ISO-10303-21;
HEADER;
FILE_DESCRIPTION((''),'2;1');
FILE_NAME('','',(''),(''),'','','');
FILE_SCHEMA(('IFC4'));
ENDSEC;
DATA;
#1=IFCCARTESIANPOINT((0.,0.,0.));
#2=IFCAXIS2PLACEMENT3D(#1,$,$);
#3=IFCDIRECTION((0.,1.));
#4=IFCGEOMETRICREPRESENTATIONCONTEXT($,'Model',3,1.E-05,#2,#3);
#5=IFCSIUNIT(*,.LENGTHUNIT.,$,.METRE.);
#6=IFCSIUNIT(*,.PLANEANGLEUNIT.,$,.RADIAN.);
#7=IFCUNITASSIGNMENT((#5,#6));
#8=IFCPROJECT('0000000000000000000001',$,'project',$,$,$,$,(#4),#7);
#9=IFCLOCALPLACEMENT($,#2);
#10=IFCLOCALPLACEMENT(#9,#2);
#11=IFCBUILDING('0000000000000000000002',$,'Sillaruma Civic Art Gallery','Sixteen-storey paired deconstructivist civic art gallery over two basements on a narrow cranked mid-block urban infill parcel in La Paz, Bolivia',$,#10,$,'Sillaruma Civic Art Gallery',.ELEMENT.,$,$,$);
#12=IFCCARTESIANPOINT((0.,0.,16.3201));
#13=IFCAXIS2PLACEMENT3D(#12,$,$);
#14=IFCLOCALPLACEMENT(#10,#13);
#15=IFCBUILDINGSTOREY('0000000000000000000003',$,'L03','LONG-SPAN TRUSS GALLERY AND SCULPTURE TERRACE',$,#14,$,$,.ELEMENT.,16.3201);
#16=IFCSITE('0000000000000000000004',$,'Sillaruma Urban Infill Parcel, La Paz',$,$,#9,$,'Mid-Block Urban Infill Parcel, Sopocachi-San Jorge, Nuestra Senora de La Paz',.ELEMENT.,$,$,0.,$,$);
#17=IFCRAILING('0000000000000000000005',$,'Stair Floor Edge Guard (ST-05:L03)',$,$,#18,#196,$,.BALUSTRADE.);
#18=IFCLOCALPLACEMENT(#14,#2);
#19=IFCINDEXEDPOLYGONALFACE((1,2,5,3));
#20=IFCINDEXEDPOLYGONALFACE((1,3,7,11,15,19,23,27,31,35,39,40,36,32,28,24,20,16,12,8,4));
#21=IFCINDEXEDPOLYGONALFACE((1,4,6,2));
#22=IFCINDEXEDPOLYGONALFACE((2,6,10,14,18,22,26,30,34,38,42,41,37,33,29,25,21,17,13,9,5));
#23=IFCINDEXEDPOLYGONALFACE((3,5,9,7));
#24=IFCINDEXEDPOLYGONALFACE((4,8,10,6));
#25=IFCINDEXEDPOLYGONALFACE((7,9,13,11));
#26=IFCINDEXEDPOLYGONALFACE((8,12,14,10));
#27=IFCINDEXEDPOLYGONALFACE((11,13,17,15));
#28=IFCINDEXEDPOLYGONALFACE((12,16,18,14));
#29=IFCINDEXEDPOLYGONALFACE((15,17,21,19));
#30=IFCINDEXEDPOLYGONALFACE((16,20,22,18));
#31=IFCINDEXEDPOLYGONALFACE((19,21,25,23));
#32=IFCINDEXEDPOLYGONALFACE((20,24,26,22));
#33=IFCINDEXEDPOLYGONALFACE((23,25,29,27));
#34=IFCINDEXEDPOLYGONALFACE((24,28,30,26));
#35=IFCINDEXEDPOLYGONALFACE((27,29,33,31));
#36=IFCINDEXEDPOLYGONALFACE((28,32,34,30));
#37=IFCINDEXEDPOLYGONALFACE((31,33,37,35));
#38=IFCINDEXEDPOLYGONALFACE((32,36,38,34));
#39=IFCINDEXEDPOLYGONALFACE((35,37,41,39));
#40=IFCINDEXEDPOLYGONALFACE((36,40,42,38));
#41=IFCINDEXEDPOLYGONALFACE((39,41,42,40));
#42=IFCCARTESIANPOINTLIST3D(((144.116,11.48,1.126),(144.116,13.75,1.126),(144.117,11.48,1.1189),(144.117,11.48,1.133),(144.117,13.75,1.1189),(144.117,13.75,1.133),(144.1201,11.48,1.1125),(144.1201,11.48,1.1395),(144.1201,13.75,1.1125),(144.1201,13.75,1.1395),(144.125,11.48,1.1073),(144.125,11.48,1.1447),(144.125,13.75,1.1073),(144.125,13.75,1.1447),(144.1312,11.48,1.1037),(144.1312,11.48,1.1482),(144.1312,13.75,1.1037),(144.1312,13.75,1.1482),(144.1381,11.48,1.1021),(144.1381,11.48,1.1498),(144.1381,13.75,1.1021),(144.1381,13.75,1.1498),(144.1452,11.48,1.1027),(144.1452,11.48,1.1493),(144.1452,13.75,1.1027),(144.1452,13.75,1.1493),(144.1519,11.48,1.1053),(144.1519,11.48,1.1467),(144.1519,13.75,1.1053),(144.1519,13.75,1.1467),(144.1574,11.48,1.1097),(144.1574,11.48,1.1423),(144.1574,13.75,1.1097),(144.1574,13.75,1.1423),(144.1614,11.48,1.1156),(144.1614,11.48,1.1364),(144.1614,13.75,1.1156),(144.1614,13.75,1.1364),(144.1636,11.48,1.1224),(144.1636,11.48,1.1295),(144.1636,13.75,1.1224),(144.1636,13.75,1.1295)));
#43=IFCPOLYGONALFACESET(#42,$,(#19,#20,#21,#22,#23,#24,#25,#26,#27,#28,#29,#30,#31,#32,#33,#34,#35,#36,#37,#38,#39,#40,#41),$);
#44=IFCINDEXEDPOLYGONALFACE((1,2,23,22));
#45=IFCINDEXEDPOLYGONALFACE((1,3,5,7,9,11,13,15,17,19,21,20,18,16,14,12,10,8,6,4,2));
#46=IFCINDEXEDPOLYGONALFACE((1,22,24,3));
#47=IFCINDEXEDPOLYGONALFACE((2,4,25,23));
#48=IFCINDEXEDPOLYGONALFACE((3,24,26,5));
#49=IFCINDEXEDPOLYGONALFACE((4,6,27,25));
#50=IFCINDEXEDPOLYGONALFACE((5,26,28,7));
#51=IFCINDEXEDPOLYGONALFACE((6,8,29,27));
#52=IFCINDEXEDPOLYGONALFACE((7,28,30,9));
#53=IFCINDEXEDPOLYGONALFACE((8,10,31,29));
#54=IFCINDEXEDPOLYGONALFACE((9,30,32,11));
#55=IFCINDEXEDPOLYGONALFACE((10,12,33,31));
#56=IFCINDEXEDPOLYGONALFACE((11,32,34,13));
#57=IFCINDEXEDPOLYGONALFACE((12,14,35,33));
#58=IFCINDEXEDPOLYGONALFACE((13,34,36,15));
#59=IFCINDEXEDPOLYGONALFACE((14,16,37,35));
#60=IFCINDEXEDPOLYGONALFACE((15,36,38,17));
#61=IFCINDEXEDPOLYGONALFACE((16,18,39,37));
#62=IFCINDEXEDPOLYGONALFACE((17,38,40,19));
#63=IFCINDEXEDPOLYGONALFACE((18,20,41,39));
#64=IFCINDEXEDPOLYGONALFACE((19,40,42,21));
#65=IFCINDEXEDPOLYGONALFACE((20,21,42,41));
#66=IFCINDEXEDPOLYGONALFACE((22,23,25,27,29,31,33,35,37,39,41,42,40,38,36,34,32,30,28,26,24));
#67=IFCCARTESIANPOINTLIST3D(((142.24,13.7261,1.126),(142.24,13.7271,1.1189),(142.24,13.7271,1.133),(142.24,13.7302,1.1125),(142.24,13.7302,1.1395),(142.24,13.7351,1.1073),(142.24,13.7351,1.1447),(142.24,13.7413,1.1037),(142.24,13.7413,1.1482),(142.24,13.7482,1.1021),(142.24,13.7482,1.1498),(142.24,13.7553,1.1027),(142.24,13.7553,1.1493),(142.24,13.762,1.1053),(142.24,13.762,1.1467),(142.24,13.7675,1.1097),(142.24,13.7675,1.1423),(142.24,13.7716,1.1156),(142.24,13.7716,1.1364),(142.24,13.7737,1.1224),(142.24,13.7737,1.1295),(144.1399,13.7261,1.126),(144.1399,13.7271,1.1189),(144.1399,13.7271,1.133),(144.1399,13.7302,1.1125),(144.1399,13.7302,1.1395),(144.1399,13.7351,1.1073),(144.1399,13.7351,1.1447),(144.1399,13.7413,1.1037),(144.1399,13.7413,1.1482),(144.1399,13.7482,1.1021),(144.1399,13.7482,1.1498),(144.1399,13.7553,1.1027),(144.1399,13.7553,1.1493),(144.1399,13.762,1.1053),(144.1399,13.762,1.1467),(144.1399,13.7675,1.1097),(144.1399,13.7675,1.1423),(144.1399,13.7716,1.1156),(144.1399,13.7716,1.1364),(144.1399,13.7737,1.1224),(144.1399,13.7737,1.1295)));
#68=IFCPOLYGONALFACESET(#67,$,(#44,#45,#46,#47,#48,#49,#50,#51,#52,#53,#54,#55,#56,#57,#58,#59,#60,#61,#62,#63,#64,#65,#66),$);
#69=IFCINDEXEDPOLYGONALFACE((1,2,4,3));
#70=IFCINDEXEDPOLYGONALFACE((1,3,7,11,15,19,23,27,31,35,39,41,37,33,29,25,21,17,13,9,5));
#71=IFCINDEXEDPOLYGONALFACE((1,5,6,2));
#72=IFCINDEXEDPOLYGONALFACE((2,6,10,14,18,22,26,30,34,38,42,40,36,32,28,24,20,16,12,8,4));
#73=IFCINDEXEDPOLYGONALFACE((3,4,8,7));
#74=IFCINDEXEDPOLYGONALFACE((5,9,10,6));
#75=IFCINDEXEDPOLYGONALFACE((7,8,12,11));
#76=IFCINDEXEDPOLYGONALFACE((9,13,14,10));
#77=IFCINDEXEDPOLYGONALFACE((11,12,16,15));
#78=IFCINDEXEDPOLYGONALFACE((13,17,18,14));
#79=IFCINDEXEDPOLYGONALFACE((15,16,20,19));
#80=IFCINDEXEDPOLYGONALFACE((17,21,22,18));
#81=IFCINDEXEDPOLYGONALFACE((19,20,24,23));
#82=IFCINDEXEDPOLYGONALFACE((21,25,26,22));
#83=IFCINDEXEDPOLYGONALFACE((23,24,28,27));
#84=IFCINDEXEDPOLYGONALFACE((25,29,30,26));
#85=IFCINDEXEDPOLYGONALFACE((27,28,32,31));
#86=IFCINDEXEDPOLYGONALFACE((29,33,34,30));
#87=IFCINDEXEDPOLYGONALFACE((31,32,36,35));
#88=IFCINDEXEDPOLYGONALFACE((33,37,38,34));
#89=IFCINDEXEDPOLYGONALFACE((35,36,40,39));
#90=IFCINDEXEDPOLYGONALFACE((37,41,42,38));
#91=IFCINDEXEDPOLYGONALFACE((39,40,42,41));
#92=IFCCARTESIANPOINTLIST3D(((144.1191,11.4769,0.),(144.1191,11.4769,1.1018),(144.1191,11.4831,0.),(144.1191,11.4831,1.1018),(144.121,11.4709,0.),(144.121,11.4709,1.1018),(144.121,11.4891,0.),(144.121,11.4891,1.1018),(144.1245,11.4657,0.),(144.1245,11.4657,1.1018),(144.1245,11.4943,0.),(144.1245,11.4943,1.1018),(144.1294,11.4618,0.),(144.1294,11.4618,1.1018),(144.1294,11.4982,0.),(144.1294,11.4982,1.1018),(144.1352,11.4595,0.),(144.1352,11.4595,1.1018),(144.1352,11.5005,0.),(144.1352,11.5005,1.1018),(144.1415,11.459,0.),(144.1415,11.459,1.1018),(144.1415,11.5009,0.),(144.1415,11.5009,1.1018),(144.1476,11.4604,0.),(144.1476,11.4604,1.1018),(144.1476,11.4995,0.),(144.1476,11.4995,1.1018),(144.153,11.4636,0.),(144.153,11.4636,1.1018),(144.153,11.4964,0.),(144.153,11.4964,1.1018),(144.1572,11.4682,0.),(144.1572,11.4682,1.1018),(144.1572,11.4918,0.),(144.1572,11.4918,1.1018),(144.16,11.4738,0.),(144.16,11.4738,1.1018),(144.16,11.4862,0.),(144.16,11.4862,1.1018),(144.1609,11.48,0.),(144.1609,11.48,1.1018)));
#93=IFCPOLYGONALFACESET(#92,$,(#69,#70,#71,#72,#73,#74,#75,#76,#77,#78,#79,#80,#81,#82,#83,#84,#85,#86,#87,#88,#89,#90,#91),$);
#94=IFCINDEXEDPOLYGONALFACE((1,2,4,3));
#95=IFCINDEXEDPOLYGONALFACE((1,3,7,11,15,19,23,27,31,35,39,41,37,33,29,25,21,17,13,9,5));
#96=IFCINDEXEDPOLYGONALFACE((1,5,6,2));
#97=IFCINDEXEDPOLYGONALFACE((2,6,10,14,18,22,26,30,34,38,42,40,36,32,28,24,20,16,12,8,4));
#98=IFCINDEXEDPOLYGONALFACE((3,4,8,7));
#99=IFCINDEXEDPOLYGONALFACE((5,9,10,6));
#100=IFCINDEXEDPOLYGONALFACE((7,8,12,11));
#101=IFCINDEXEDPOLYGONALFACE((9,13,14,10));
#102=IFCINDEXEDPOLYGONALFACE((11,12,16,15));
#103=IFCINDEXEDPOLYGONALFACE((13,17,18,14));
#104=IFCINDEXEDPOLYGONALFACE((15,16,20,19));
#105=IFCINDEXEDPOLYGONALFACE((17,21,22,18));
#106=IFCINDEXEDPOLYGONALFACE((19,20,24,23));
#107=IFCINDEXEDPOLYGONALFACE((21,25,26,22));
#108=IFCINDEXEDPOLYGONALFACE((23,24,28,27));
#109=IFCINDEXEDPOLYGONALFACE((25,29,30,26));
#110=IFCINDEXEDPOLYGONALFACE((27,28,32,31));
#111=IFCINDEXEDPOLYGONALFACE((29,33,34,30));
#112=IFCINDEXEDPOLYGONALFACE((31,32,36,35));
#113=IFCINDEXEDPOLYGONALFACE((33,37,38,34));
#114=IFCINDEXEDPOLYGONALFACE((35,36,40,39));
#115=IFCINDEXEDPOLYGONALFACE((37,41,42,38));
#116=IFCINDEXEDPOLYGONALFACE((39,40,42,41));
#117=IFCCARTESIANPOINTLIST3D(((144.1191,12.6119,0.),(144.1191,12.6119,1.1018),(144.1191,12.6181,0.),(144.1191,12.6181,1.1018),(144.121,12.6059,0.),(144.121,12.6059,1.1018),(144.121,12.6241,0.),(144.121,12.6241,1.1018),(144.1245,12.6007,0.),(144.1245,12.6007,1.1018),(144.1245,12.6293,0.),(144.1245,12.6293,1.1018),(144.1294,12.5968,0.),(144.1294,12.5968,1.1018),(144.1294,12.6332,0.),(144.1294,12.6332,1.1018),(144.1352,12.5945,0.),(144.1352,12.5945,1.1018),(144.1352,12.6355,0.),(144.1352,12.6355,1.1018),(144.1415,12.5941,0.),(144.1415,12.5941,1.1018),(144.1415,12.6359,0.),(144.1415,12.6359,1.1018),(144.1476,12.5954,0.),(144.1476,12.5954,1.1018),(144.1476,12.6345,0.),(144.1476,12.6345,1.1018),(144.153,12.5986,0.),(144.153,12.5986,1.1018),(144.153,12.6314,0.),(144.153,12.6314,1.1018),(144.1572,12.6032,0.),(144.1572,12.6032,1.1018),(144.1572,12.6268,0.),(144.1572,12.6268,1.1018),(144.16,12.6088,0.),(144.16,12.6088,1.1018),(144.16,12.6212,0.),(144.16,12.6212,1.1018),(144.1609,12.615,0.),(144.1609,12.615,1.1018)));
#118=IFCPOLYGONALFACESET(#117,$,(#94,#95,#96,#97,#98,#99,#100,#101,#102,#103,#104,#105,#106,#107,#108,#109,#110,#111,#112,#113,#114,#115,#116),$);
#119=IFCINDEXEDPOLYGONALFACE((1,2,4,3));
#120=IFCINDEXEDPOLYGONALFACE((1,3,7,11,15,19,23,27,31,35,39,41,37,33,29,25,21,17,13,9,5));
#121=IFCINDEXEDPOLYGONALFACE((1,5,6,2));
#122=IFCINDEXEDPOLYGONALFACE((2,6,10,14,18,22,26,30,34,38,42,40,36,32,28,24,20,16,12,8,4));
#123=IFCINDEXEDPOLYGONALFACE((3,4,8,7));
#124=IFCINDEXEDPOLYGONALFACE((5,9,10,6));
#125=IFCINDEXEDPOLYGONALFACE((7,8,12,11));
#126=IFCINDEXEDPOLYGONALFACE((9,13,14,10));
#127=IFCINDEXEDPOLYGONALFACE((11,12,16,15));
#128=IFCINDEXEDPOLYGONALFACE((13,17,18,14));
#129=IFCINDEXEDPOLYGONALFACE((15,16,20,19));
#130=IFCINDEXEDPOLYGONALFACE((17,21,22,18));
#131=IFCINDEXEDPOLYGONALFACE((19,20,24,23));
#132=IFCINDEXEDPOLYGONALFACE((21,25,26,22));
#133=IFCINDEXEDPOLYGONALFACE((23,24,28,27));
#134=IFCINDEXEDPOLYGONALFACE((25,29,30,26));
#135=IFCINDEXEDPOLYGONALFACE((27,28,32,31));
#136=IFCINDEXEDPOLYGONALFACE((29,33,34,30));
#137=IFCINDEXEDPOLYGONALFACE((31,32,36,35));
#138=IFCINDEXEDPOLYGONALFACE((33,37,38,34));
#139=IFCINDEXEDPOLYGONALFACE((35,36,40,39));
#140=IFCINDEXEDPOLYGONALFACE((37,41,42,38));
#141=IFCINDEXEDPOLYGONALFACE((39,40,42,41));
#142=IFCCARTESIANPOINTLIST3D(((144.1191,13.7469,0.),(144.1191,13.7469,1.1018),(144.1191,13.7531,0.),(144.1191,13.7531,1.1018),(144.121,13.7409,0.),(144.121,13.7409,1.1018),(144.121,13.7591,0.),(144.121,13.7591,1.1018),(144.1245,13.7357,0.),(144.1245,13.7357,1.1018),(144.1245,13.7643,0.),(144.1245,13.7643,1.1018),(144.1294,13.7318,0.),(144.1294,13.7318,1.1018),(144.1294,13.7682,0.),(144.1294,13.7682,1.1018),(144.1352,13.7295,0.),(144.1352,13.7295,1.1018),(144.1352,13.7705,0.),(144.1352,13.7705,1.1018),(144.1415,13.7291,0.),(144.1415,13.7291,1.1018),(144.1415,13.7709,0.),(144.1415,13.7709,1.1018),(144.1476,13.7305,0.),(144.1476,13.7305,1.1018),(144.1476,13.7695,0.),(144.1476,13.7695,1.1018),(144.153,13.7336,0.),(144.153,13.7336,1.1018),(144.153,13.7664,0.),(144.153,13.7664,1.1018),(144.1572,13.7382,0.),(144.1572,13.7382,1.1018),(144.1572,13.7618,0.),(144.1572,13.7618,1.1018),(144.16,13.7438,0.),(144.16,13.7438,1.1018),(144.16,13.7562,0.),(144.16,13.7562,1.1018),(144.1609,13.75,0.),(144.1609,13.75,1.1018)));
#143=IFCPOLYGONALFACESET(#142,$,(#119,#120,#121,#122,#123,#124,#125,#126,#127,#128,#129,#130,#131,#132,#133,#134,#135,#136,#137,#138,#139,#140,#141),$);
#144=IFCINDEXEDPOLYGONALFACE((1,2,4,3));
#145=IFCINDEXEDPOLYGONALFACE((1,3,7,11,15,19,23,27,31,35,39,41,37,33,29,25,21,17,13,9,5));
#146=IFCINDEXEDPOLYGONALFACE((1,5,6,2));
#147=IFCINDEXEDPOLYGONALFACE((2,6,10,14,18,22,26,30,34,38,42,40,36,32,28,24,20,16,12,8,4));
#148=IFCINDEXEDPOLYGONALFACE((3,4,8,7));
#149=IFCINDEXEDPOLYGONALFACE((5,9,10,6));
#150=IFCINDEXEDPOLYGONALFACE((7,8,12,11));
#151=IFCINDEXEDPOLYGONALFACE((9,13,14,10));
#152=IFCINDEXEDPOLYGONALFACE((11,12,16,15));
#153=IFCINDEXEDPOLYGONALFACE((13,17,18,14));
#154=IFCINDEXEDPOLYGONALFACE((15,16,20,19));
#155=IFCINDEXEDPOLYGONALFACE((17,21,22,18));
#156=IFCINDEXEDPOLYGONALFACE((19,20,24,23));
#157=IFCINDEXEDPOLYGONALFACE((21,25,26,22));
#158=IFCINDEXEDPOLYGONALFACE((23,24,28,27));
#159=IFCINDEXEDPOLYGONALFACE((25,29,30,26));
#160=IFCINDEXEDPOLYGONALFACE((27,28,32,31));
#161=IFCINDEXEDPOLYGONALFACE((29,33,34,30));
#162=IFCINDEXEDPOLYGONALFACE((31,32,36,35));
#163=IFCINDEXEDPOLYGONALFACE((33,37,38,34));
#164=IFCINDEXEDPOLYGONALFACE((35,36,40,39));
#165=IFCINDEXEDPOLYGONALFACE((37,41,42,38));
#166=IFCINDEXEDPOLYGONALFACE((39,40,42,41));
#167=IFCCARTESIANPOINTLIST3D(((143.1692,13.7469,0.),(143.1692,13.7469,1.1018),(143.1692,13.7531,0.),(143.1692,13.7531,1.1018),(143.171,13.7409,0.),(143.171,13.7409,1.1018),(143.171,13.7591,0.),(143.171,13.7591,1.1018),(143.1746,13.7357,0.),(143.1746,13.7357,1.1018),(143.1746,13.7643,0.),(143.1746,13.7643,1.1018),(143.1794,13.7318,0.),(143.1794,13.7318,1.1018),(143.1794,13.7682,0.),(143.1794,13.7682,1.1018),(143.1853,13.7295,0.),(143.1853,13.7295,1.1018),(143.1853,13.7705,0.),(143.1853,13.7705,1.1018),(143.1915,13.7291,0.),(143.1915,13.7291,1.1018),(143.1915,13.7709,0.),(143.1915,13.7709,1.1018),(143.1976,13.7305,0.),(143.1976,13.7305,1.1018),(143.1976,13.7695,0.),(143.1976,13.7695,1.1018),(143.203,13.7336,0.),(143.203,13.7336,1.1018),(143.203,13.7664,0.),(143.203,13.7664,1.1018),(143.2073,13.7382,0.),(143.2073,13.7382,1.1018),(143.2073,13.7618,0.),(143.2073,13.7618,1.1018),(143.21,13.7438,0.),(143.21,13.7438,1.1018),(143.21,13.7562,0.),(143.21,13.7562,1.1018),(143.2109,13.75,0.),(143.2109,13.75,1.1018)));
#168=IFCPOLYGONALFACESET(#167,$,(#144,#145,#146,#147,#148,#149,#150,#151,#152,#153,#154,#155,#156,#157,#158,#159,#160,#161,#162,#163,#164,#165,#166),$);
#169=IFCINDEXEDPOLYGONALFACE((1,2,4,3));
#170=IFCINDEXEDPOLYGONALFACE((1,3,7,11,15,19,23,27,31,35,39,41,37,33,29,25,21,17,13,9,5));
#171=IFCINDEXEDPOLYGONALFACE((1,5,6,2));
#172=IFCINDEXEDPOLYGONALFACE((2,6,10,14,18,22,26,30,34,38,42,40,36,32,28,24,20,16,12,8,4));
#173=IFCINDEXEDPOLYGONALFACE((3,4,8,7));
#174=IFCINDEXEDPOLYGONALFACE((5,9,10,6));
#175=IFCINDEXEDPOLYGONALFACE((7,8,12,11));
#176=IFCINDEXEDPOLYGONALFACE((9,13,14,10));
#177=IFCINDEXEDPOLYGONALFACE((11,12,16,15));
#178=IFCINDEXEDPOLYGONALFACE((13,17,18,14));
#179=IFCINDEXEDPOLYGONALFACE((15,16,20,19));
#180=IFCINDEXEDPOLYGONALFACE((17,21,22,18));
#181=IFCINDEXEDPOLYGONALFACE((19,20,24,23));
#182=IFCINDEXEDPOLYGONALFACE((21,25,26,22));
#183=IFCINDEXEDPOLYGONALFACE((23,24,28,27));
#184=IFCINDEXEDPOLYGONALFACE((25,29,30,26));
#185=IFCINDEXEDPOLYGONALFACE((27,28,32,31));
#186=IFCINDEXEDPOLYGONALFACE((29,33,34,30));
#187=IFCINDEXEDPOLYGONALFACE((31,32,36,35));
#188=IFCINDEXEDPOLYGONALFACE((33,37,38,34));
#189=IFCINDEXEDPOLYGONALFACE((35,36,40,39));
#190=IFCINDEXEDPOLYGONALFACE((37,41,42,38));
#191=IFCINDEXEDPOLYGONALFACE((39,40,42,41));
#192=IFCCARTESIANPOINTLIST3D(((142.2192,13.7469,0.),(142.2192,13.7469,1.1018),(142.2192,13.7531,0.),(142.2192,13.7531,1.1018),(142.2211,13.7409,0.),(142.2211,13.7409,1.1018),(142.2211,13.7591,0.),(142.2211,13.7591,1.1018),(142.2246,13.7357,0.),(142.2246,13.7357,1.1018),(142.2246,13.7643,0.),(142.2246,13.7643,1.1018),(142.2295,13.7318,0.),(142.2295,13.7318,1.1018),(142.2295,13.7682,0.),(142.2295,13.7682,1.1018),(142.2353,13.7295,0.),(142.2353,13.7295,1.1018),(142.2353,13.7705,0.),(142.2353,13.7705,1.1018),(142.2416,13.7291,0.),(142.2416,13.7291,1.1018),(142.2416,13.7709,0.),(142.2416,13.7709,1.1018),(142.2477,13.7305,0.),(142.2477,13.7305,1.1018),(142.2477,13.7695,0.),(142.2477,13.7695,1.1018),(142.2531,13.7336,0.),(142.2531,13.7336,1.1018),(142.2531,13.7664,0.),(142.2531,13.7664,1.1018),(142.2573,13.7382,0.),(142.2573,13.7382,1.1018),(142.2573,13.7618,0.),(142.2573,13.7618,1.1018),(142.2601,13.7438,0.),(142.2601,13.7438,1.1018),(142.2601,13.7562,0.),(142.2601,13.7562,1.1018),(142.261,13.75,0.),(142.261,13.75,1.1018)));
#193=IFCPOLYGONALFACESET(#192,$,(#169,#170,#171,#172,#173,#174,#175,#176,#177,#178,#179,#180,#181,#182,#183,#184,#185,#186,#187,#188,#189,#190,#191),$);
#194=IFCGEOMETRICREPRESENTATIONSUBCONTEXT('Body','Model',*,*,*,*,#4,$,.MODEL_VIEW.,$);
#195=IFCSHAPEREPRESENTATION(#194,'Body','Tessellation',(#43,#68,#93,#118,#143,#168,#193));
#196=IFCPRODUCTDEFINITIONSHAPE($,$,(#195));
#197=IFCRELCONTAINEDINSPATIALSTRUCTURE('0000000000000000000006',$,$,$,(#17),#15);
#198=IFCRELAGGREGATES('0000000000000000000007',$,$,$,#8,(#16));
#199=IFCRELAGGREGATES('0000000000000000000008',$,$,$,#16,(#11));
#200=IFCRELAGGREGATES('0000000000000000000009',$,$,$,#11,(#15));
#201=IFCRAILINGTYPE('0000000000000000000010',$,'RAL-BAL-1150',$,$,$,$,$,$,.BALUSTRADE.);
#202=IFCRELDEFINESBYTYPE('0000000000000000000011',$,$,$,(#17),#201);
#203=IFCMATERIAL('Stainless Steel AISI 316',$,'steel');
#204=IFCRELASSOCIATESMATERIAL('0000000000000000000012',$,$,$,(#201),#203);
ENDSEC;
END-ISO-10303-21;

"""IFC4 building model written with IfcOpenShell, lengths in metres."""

from ifc_helpers import new_model, si_unit, direction, frame, origin, origin_2d, place, context, subcontext, project, spatial, circle, extrude, material, type_object, element, save


model = new_model("IFC4")

# Units and contexts
model_context = context("Model", 3, precision=1e-05, world=origin(), true_north=direction((0.0, 1.0)))
body_context = subcontext(model_context, "Body", "Model", "MODEL_VIEW")
ifc_project = project(units=[si_unit("LENGTHUNIT", "METRE"), si_unit("PLANEANGLEUNIT", "RADIAN")], contexts=[model_context])

# Site, building, storey
site_placement = place(None, origin())
site = spatial("IfcSite", under=ifc_project, at=site_placement, Name="Sillaruma Urban Infill Parcel, La Paz", LongName="Mid-Block Urban Infill Parcel, Sopocachi-San Jorge, Nuestra Senora de La Paz", CompositionType="ELEMENT", RefElevation=0.0)
building_placement = place(site_placement, origin())
building = spatial("IfcBuilding", under=site, at=building_placement, Name="Sillaruma Civic Art Gallery", Description="Sixteen-storey paired deconstructivist civic art gallery over two basements on a narrow cranked mid-block urban infill parcel in La Paz, Bolivia", LongName="Sillaruma Civic Art Gallery", CompositionType="ELEMENT")
storey_placement = place(building_placement, frame((0.0, 0.0, 16.3201)))
storey = spatial("IfcBuildingStorey", under=building, at=storey_placement, Name="L03", Description="LONG-SPAN TRUSS GALLERY AND SCULPTURE TERRACE", CompositionType="ELEMENT", Elevation=16.3201)

# Railing
ifc_material_1 = material(Name="Stainless Steel AISI 316", Category="steel")
railing_type = type_object("IfcRailingType", Name="RAL-BAL-1150", PredefinedType="BALUSTRADE", material=ifc_material_1)
railing_placement = place(storey_placement, frame((144.1399, 11.48, 0.0)))
element("IfcRailing", 1, at=railing_placement, inside=storey, type_object=railing_type, Name="Stair Floor Edge Guard (ST-05:L03)", PredefinedType="BALUSTRADE", context=body_context, shape_type="SweptSolid", body=[
    extrude(circle(Radius=0.0239, at=origin_2d()), frame((0.0, 0.0, 1.126), z_axis=(0.0, 1.0, 0.0), x_axis=(-1.0, 0.0, 0.0)), (0.0, 0.0, 1.0), 2.27),
    extrude(circle(Radius=0.0239, at=origin_2d()), frame((0.0, 2.27, 1.126), z_axis=(-1.0, 0.0, 0.0), x_axis=(0.0, -1.0, 0.0)), (0.0, 0.0, 1.0), 1.8999),
    extrude(circle(Radius=0.021, at=origin_2d()), origin(), (0.0, 0.0, 1.0), 1.1018),
    extrude(circle(Radius=0.021, at=origin_2d()), frame((0.0, 1.135, 0.0)), (0.0, 0.0, 1.0), 1.1018),
    extrude(circle(Radius=0.021, at=origin_2d()), frame((0.0, 2.27, 0.0)), (0.0, 0.0, 1.0), 1.1018),
    extrude(circle(Radius=0.021, at=origin_2d()), frame((-0.95, 2.27, 0.0)), (0.0, 0.0, 1.0), 1.1018),
    extrude(circle(Radius=0.021, at=origin_2d()), frame((-1.8999, 2.27, 0.0)), (0.0, 0.0, 1.0), 1.1018),
])

save(model, "model.ifc")
